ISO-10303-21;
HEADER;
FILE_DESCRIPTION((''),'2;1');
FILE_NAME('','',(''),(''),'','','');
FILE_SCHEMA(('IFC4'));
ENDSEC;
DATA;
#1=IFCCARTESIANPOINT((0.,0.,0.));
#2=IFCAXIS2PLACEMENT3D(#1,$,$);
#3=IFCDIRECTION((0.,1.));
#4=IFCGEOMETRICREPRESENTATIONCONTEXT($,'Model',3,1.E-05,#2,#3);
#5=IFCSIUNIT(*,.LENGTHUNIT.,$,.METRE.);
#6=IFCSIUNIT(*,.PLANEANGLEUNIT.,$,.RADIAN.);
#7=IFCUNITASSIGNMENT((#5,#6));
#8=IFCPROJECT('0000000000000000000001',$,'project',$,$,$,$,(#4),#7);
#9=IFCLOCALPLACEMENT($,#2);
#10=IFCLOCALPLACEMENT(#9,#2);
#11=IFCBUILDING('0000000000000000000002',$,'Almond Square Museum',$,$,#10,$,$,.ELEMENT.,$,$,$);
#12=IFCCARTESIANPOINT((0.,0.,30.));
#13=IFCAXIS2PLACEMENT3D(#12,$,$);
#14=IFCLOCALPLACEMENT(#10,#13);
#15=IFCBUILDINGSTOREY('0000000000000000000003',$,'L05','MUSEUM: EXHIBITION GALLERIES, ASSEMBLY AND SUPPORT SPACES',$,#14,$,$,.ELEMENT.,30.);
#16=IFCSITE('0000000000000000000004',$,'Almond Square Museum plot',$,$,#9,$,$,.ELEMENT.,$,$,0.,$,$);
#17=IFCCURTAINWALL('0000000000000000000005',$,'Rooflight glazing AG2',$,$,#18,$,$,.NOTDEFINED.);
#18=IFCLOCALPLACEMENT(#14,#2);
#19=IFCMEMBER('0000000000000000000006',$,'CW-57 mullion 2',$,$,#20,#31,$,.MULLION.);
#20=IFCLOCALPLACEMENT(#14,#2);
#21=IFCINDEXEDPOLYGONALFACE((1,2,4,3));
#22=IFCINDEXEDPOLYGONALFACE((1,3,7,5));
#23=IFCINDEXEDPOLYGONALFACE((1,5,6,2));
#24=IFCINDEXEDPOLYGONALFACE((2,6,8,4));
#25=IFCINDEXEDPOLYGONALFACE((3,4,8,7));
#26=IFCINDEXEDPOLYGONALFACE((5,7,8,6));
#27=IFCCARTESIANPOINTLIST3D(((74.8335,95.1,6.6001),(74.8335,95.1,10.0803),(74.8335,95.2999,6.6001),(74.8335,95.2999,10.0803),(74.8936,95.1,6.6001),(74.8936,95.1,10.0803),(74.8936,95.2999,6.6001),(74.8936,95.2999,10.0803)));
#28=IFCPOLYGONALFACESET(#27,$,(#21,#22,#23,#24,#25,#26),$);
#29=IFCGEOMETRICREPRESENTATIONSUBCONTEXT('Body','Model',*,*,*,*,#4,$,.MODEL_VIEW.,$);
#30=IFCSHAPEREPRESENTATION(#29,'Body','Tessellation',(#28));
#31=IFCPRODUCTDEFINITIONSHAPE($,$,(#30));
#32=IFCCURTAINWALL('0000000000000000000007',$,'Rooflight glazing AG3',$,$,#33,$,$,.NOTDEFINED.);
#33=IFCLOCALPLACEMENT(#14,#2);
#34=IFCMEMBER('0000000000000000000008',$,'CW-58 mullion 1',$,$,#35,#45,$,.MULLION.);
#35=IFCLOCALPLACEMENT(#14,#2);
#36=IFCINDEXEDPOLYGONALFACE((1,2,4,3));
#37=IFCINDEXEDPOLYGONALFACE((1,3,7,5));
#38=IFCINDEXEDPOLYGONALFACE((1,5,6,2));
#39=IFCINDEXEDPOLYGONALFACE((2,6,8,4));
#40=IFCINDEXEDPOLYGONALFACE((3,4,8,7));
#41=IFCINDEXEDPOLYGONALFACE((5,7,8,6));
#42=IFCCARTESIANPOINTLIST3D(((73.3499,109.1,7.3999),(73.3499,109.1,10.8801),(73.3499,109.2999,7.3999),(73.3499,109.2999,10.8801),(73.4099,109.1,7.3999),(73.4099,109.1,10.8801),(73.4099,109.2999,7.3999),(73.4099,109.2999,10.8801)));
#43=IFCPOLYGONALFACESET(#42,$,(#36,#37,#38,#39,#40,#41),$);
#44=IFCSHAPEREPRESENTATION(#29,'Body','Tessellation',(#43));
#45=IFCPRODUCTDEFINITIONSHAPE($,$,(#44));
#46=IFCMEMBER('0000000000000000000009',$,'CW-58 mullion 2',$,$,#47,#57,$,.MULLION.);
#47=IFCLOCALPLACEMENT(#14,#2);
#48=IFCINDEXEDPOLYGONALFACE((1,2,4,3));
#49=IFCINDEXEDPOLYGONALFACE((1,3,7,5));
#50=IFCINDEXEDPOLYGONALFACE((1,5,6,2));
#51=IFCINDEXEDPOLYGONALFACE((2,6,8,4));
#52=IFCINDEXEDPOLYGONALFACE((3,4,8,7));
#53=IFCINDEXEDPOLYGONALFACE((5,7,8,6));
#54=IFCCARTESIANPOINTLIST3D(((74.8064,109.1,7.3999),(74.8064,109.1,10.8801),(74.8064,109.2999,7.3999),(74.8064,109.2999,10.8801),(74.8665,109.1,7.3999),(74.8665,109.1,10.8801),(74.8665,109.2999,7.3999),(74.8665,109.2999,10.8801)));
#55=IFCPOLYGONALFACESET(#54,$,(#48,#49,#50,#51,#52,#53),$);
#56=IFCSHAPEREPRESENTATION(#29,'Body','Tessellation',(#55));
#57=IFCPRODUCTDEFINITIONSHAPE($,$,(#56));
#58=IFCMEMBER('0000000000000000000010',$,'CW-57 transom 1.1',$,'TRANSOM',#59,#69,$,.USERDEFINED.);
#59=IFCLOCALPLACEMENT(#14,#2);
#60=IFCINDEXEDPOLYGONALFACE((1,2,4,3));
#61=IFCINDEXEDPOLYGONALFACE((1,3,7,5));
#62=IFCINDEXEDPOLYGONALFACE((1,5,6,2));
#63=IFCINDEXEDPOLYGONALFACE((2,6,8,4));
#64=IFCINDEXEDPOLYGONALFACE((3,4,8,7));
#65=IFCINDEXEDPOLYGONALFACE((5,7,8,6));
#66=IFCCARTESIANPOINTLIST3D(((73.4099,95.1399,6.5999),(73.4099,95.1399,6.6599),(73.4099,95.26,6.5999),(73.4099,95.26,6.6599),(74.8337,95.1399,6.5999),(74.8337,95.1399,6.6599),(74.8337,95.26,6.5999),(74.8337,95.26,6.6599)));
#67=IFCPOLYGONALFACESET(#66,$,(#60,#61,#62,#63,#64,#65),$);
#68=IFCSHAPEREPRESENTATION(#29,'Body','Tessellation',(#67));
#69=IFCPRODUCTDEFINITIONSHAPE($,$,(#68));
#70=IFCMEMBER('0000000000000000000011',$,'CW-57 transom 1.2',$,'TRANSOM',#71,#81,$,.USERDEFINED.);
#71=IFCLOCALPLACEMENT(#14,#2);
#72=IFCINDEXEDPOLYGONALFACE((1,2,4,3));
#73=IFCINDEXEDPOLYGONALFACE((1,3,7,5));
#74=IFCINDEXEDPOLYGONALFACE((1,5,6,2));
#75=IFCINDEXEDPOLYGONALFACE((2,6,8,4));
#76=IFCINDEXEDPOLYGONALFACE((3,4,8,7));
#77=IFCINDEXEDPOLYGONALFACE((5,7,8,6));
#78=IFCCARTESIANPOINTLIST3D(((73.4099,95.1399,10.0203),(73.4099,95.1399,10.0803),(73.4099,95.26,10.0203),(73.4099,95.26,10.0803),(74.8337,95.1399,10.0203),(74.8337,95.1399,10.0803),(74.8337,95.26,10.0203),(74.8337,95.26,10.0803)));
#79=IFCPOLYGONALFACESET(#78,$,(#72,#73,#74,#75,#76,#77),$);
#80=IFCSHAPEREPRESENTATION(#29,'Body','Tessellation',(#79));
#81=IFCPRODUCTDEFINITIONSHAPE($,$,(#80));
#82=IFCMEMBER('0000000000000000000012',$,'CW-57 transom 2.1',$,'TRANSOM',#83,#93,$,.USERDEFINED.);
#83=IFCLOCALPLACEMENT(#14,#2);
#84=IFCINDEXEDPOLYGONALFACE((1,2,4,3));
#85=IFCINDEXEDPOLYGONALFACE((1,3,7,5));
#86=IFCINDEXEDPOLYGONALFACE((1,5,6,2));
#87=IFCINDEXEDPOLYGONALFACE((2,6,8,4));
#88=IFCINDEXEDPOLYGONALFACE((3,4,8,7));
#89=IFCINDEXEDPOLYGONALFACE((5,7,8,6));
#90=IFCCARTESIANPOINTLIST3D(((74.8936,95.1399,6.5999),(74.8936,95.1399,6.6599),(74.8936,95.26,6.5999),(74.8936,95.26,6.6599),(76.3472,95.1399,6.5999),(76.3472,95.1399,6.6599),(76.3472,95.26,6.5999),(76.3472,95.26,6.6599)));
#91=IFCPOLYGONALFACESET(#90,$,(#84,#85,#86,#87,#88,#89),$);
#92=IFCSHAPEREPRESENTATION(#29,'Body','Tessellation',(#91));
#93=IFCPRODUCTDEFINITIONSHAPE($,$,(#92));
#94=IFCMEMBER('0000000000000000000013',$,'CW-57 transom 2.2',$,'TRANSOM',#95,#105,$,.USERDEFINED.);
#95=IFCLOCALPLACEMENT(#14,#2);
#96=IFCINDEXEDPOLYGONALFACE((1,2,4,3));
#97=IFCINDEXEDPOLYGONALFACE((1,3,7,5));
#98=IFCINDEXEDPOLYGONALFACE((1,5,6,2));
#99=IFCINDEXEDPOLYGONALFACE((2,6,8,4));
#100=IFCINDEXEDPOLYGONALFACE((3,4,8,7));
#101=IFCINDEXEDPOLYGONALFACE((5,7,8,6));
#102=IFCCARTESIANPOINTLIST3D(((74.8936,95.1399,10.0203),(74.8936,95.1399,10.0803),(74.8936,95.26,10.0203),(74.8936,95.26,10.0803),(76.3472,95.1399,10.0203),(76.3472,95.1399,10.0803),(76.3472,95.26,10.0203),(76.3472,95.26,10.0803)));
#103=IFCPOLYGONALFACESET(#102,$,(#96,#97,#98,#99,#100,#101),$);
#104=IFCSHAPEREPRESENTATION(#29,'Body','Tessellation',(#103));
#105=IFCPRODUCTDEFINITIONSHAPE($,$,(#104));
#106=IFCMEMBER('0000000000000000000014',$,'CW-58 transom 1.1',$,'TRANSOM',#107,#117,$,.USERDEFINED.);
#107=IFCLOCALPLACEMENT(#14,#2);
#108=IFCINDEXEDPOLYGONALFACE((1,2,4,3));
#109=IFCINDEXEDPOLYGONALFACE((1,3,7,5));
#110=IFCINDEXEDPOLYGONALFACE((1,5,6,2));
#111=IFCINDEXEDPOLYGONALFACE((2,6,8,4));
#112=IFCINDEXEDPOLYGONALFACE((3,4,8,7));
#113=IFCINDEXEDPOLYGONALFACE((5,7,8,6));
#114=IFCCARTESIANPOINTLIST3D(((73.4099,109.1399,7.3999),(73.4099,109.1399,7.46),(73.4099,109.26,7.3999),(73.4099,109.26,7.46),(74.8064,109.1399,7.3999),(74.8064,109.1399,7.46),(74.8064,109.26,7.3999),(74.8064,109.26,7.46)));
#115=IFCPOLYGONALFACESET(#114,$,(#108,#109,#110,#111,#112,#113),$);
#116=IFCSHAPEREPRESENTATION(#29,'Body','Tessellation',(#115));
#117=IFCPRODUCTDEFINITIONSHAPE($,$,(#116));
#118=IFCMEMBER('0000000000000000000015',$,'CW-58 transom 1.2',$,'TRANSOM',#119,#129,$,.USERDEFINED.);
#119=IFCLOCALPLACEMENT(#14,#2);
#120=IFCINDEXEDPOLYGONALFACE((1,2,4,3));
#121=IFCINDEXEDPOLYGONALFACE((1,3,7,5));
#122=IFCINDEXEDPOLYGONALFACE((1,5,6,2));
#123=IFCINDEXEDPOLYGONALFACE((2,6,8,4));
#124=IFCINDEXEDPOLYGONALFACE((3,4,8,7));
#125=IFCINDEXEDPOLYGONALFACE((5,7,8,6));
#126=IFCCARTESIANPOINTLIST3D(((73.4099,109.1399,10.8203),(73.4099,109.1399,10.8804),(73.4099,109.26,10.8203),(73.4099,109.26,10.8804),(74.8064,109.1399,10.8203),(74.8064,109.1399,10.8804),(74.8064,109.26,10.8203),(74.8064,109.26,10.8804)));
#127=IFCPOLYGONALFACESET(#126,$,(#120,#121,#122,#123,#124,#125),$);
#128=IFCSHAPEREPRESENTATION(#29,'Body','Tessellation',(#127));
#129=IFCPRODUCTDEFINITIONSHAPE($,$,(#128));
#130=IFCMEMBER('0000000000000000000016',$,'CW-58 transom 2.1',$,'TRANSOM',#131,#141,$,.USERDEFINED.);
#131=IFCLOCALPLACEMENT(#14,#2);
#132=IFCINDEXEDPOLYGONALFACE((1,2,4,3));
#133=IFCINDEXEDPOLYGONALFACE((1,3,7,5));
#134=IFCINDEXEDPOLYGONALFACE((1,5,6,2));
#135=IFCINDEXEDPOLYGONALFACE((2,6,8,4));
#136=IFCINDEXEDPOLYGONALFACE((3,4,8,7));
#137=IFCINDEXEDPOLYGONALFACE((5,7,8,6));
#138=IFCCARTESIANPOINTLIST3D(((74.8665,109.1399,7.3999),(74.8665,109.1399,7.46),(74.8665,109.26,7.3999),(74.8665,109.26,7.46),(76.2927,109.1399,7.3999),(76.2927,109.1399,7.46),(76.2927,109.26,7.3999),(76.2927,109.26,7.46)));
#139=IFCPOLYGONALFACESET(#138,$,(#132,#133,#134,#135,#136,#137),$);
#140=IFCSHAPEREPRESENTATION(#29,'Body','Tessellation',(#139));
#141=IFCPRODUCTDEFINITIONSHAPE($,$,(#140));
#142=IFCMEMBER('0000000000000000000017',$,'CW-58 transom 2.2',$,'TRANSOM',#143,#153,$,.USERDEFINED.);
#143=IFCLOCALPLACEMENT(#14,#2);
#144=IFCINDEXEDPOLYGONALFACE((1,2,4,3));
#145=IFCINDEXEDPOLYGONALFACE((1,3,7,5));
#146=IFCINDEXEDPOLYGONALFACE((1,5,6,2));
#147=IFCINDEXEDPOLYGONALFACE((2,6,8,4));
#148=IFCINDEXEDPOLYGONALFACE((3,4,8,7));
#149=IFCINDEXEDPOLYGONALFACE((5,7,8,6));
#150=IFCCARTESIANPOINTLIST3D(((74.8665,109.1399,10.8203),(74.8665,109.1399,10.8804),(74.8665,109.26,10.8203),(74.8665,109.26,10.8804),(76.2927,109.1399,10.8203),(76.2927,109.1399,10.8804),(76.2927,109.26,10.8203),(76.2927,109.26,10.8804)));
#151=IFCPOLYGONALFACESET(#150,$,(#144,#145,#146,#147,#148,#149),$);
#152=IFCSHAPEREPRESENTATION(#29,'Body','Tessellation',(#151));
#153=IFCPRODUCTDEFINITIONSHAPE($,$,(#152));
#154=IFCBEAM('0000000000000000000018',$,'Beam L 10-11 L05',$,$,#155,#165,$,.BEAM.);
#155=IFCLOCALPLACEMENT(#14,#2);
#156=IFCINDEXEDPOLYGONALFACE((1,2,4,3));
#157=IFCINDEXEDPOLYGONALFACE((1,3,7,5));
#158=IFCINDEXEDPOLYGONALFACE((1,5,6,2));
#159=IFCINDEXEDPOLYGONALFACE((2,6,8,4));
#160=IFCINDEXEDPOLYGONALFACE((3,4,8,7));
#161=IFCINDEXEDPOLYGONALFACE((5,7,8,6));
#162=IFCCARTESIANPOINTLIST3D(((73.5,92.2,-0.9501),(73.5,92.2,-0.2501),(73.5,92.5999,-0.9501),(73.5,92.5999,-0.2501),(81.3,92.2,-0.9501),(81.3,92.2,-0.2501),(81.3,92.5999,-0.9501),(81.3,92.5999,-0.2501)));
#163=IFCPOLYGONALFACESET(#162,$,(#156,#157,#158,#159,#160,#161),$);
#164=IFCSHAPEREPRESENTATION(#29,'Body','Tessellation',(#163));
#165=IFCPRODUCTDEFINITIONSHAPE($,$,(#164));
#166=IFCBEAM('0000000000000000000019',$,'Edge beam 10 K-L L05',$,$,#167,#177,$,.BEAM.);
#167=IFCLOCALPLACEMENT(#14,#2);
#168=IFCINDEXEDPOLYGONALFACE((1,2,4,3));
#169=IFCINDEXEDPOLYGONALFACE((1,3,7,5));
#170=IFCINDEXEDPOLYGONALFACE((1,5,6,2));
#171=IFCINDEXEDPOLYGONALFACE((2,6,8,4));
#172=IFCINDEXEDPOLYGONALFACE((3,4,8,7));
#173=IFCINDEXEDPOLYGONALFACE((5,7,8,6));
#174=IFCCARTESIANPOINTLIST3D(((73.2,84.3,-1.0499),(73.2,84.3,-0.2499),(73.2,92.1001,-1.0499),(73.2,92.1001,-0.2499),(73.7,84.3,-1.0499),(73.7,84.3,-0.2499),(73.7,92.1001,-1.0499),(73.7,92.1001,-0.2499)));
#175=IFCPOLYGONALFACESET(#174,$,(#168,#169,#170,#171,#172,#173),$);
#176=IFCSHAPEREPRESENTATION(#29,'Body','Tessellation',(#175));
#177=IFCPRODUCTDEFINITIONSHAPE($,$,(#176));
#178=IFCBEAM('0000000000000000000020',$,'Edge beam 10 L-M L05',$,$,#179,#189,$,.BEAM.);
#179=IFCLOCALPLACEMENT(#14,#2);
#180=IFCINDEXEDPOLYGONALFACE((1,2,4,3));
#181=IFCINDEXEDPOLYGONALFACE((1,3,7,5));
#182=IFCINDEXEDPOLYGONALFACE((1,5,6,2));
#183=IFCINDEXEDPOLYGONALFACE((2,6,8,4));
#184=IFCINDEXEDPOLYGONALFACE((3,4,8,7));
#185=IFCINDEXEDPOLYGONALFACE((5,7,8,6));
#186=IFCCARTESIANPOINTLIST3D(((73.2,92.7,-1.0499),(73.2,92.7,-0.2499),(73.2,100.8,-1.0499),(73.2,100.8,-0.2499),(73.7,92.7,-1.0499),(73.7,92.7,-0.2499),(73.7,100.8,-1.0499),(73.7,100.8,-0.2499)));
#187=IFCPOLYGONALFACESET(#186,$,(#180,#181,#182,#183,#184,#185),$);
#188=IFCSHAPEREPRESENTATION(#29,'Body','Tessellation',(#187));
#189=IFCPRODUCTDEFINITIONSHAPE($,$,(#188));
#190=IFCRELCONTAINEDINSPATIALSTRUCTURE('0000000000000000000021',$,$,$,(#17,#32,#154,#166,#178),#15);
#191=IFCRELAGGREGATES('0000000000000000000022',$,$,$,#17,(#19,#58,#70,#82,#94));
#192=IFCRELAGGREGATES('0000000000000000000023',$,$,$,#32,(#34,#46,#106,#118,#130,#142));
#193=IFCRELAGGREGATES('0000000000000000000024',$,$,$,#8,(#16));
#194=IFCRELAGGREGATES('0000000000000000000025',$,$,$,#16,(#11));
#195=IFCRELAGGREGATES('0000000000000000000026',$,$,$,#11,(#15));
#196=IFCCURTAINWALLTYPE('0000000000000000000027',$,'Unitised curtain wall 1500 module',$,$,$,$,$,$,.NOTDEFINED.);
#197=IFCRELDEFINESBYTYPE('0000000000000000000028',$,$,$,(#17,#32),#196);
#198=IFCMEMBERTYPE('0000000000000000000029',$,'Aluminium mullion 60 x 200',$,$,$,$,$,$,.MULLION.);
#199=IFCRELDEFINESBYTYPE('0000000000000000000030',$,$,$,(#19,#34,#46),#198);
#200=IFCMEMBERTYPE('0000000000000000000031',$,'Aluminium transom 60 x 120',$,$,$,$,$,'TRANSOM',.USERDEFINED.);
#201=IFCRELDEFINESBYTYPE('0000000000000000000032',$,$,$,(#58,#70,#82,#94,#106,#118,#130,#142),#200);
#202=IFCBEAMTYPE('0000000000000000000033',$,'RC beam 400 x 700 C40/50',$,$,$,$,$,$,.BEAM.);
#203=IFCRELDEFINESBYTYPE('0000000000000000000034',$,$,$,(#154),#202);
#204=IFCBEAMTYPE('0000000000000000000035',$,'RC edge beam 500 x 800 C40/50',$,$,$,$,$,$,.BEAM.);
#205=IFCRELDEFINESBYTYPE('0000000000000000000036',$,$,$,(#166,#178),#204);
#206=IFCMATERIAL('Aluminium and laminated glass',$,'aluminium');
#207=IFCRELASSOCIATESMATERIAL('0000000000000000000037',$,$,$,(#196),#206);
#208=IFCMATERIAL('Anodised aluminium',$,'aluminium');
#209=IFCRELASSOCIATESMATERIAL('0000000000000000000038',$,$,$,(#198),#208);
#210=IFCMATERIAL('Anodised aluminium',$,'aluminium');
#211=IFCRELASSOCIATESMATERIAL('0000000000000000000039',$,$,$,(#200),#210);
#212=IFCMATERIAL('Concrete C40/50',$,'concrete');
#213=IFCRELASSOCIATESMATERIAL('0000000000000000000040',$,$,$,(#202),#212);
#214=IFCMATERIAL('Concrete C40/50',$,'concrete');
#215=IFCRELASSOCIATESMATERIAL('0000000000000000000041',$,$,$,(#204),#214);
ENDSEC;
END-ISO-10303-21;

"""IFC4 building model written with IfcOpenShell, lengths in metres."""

from ifc_helpers import new_model, si_unit, direction, frame, origin, origin_2d, place, context, subcontext, project, spatial, rectangle, extrude, material, material_profile, profile_set, type_object, element, aggregate, save


model = new_model("IFC4")

# Units and contexts
model_context = context("Model", 3, precision=1e-05, world=origin(), true_north=direction((0.0, 1.0)))
body_context = subcontext(model_context, "Body", "Model", "MODEL_VIEW")
ifc_project = project(units=[si_unit("LENGTHUNIT", "METRE"), si_unit("PLANEANGLEUNIT", "RADIAN")], contexts=[model_context])

# Site, building, storey
site_placement = place(None, origin())
site = spatial("IfcSite", under=ifc_project, at=site_placement, Name="Almond Square Museum plot", CompositionType="ELEMENT", RefElevation=0.0)
building_placement = place(site_placement, origin())
building = spatial("IfcBuilding", under=site, at=building_placement, Name="Almond Square Museum", CompositionType="ELEMENT")
storey_placement = place(building_placement, frame((0.0, 0.0, 30.0)))
storey = spatial("IfcBuildingStorey", under=building, at=storey_placement, Name="L05", Description="MUSEUM: EXHIBITION GALLERIES, ASSEMBLY AND SUPPORT SPACES", CompositionType="ELEMENT", Elevation=30.0)

# Curtain wall, member
ifc_material_1 = material(Name="Aluminium and laminated glass", Category="aluminium")
curtain_wall_type = type_object("IfcCurtainWallType", Name="Unitised curtain wall 1500 module", PredefinedType="NOTDEFINED", material=ifc_material_1)
curtain_wall_1_placement = place(storey_placement, origin())
curtain_wall_1 = element("IfcCurtainWall", 1, at=curtain_wall_1_placement, inside=storey, type_object=curtain_wall_type, Name="Rooflight glazing AG2", PredefinedType="NOTDEFINED")
ifc_material_2 = material(Name="Anodised aluminium", Category="aluminium")
ifc_material_profile_1 = material_profile(ifc_material_2, rectangle(XDim=0.2, YDim=0.0601, at=origin_2d()))
ifc_profile_set_1 = profile_set([ifc_material_profile_1], Name="Anodised aluminium")
member_type_1 = type_object("IfcMemberType", Name="Aluminium mullion 60 x 200", PredefinedType="MULLION", material=ifc_profile_set_1)
member_1_placement = place(storey_placement, frame((74.8635, 95.2, 6.6001), z_axis=(0.0, 0.0, 1.0), x_axis=(0.0, 1.0, 0.0)))
member_1 = element("IfcMember", 2, at=member_1_placement, type_object=member_type_1, Name="CW-57 mullion 2", PredefinedType="MULLION", context=body_context, shape_type="SweptSolid", body=[
    extrude(rectangle(XDim=0.2, YDim=0.0601, at=origin_2d()), origin(), (0.0, 0.0, 1.0), 3.4802),
])

# Curtain wall, members
curtain_wall_2_placement = place(storey_placement, origin())
curtain_wall_2 = element("IfcCurtainWall", 3, at=curtain_wall_2_placement, inside=storey, type_object=curtain_wall_type, Name="Rooflight glazing AG3", PredefinedType="NOTDEFINED")
member_2_placement = place(storey_placement, frame((73.3799, 109.2, 7.3999), z_axis=(0.0, 0.0, 1.0), x_axis=(0.0, 1.0, 0.0)))
member_2 = element("IfcMember", 4, at=member_2_placement, type_object=member_type_1, Name="CW-58 mullion 1", PredefinedType="MULLION", context=body_context, shape_type="SweptSolid", body=[
    extrude(rectangle(XDim=0.2, YDim=0.0601, at=origin_2d()), origin(), (0.0, 0.0, 1.0), 3.4802),
])
member_3_placement = place(storey_placement, frame((74.8364, 109.2, 7.3999), z_axis=(0.0, 0.0, 1.0), x_axis=(0.0, 1.0, 0.0)))
member_3 = element("IfcMember", 5, at=member_3_placement, type_object=member_type_1, Name="CW-58 mullion 2", PredefinedType="MULLION", context=body_context, shape_type="SweptSolid", body=[
    extrude(rectangle(XDim=0.2, YDim=0.0601, at=origin_2d()), origin(), (0.0, 0.0, 1.0), 3.4802),
])

# Members
ifc_material_3 = material(Name="Anodised aluminium", Category="aluminium")
ifc_material_profile_2 = material_profile(ifc_material_3, rectangle(XDim=0.1201, YDim=0.0601, at=origin_2d()))
ifc_profile_set_2 = profile_set([ifc_material_profile_2], Name="Anodised aluminium")
member_type_2 = type_object("IfcMemberType", Name="Aluminium transom 60 x 120", ElementType="TRANSOM", PredefinedType="USERDEFINED", material=ifc_profile_set_2)
member_4_placement = place(storey_placement, frame((73.4099, 95.2, 6.6299), z_axis=(1.0, 0.0, 0.0), x_axis=(0.0, 1.0, 0.0)))
member_4 = element("IfcMember", 6, at=member_4_placement, type_object=member_type_2, Name="CW-57 transom 1.1", ObjectType="TRANSOM", PredefinedType="USERDEFINED", context=body_context, shape_type="SweptSolid", body=[
    extrude(rectangle(XDim=0.1201, YDim=0.0601, at=origin_2d()), origin(), (0.0, 0.0, 1.0), 1.4238),
])
member_5_placement = place(storey_placement, frame((73.4099, 95.2, 10.0503), z_axis=(1.0, 0.0, 0.0), x_axis=(0.0, 1.0, 0.0)))
member_5 = element("IfcMember", 7, at=member_5_placement, type_object=member_type_2, Name="CW-57 transom 1.2", ObjectType="TRANSOM", PredefinedType="USERDEFINED", context=body_context, shape_type="SweptSolid", body=[
    extrude(rectangle(XDim=0.1201, YDim=0.0601, at=origin_2d()), origin(), (0.0, 0.0, 1.0), 1.4238),
])
member_6_placement = place(storey_placement, frame((74.8936, 95.2, 6.6299), z_axis=(1.0, 0.0, 0.0), x_axis=(0.0, 1.0, 0.0)))
member_6 = element("IfcMember", 8, at=member_6_placement, type_object=member_type_2, Name="CW-57 transom 2.1", ObjectType="TRANSOM", PredefinedType="USERDEFINED", context=body_context, shape_type="SweptSolid", body=[
    extrude(rectangle(XDim=0.1201, YDim=0.0601, at=origin_2d()), origin(), (0.0, 0.0, 1.0), 1.4536),
])
member_7_placement = place(storey_placement, frame((74.8936, 95.2, 10.0503), z_axis=(1.0, 0.0, 0.0), x_axis=(0.0, 1.0, 0.0)))
member_7 = element("IfcMember", 9, at=member_7_placement, type_object=member_type_2, Name="CW-57 transom 2.2", ObjectType="TRANSOM", PredefinedType="USERDEFINED", context=body_context, shape_type="SweptSolid", body=[
    extrude(rectangle(XDim=0.1201, YDim=0.0601, at=origin_2d()), origin(), (0.0, 0.0, 1.0), 1.4536),
])
member_8_placement = place(storey_placement, frame((73.4099, 109.2, 7.4299), z_axis=(1.0, 0.0, 0.0), x_axis=(0.0, 1.0, 0.0)))
member_8 = element("IfcMember", 10, at=member_8_placement, type_object=member_type_2, Name="CW-58 transom 1.1", ObjectType="TRANSOM", PredefinedType="USERDEFINED", context=body_context, shape_type="SweptSolid", body=[
    extrude(rectangle(XDim=0.1201, YDim=0.0601, at=origin_2d()), origin(), (0.0, 0.0, 1.0), 1.3965),
])
member_9_placement = place(storey_placement, frame((73.4099, 109.2, 10.8503), z_axis=(1.0, 0.0, 0.0), x_axis=(0.0, 1.0, 0.0)))
member_9 = element("IfcMember", 11, at=member_9_placement, type_object=member_type_2, Name="CW-58 transom 1.2", ObjectType="TRANSOM", PredefinedType="USERDEFINED", context=body_context, shape_type="SweptSolid", body=[
    extrude(rectangle(XDim=0.1201, YDim=0.0601, at=origin_2d()), origin(), (0.0, 0.0, 1.0), 1.3965),
])
member_10_placement = place(storey_placement, frame((74.8665, 109.2, 7.4299), z_axis=(1.0, 0.0, 0.0), x_axis=(0.0, 1.0, 0.0)))
member_10 = element("IfcMember", 12, at=member_10_placement, type_object=member_type_2, Name="CW-58 transom 2.1", ObjectType="TRANSOM", PredefinedType="USERDEFINED", context=body_context, shape_type="SweptSolid", body=[
    extrude(rectangle(XDim=0.1201, YDim=0.0601, at=origin_2d()), origin(), (0.0, 0.0, 1.0), 1.4263),
])
member_11_placement = place(storey_placement, frame((74.8665, 109.2, 10.8503), z_axis=(1.0, 0.0, 0.0), x_axis=(0.0, 1.0, 0.0)))
member_11 = element("IfcMember", 13, at=member_11_placement, type_object=member_type_2, Name="CW-58 transom 2.2", ObjectType="TRANSOM", PredefinedType="USERDEFINED", context=body_context, shape_type="SweptSolid", body=[
    extrude(rectangle(XDim=0.1201, YDim=0.0601, at=origin_2d()), origin(), (0.0, 0.0, 1.0), 1.4263),
])

# Beams
ifc_material_4 = material(Name="Concrete C40/50", Category="concrete")
ifc_material_profile_3 = material_profile(ifc_material_4, rectangle(XDim=0.3999, YDim=0.7, at=origin_2d()))
ifc_profile_set_3 = profile_set([ifc_material_profile_3], Name="Concrete C40/50")
beam_type_1 = type_object("IfcBeamType", Name="RC beam 400 x 700 C40/50", PredefinedType="BEAM", material=ifc_profile_set_3)
beam_1_placement = place(storey_placement, frame((73.5, 92.3999, -0.6001), z_axis=(1.0, 0.0, 0.0), x_axis=(0.0, 1.0, 0.0)))
element("IfcBeam", 14, at=beam_1_placement, inside=storey, type_object=beam_type_1, Name="Beam L 10-11 L05", PredefinedType="BEAM", context=body_context, shape_type="SweptSolid", body=[
    extrude(rectangle(XDim=0.3999, YDim=0.7, at=origin_2d()), origin(), (0.0, 0.0, 1.0), 7.8),
])
ifc_material_5 = material(Name="Concrete C40/50", Category="concrete")
ifc_material_profile_4 = material_profile(ifc_material_5, rectangle(XDim=0.5, YDim=0.8, at=origin_2d()))
ifc_profile_set_4 = profile_set([ifc_material_profile_4], Name="Concrete C40/50")
beam_type_2 = type_object("IfcBeamType", Name="RC edge beam 500 x 800 C40/50", PredefinedType="BEAM", material=ifc_profile_set_4)
beam_2_placement = place(storey_placement, frame((73.45, 84.3, -0.6499), z_axis=(0.0, 1.0, 0.0), x_axis=(-1.0, 0.0, 0.0)))
element("IfcBeam", 15, at=beam_2_placement, inside=storey, type_object=beam_type_2, Name="Edge beam 10 K-L L05", PredefinedType="BEAM", context=body_context, shape_type="SweptSolid", body=[
    extrude(rectangle(XDim=0.5, YDim=0.8, at=origin_2d()), origin(), (0.0, 0.0, 1.0), 7.8),
])
beam_3_placement = place(storey_placement, frame((73.45, 92.7, -0.6499), z_axis=(0.0, 1.0, 0.0), x_axis=(-1.0, 0.0, 0.0)))
element("IfcBeam", 16, at=beam_3_placement, inside=storey, type_object=beam_type_2, Name="Edge beam 10 L-M L05", PredefinedType="BEAM", context=body_context, shape_type="SweptSolid", body=[
    extrude(rectangle(XDim=0.5, YDim=0.8, at=origin_2d()), origin(), (0.0, 0.0, 1.0), 8.1001),
])

aggregate(curtain_wall_1, [member_1, member_4, member_5, member_6, member_7])
aggregate(curtain_wall_2, [member_2, member_3, member_8, member_9, member_10, member_11])

save(model, "model.ifc")
